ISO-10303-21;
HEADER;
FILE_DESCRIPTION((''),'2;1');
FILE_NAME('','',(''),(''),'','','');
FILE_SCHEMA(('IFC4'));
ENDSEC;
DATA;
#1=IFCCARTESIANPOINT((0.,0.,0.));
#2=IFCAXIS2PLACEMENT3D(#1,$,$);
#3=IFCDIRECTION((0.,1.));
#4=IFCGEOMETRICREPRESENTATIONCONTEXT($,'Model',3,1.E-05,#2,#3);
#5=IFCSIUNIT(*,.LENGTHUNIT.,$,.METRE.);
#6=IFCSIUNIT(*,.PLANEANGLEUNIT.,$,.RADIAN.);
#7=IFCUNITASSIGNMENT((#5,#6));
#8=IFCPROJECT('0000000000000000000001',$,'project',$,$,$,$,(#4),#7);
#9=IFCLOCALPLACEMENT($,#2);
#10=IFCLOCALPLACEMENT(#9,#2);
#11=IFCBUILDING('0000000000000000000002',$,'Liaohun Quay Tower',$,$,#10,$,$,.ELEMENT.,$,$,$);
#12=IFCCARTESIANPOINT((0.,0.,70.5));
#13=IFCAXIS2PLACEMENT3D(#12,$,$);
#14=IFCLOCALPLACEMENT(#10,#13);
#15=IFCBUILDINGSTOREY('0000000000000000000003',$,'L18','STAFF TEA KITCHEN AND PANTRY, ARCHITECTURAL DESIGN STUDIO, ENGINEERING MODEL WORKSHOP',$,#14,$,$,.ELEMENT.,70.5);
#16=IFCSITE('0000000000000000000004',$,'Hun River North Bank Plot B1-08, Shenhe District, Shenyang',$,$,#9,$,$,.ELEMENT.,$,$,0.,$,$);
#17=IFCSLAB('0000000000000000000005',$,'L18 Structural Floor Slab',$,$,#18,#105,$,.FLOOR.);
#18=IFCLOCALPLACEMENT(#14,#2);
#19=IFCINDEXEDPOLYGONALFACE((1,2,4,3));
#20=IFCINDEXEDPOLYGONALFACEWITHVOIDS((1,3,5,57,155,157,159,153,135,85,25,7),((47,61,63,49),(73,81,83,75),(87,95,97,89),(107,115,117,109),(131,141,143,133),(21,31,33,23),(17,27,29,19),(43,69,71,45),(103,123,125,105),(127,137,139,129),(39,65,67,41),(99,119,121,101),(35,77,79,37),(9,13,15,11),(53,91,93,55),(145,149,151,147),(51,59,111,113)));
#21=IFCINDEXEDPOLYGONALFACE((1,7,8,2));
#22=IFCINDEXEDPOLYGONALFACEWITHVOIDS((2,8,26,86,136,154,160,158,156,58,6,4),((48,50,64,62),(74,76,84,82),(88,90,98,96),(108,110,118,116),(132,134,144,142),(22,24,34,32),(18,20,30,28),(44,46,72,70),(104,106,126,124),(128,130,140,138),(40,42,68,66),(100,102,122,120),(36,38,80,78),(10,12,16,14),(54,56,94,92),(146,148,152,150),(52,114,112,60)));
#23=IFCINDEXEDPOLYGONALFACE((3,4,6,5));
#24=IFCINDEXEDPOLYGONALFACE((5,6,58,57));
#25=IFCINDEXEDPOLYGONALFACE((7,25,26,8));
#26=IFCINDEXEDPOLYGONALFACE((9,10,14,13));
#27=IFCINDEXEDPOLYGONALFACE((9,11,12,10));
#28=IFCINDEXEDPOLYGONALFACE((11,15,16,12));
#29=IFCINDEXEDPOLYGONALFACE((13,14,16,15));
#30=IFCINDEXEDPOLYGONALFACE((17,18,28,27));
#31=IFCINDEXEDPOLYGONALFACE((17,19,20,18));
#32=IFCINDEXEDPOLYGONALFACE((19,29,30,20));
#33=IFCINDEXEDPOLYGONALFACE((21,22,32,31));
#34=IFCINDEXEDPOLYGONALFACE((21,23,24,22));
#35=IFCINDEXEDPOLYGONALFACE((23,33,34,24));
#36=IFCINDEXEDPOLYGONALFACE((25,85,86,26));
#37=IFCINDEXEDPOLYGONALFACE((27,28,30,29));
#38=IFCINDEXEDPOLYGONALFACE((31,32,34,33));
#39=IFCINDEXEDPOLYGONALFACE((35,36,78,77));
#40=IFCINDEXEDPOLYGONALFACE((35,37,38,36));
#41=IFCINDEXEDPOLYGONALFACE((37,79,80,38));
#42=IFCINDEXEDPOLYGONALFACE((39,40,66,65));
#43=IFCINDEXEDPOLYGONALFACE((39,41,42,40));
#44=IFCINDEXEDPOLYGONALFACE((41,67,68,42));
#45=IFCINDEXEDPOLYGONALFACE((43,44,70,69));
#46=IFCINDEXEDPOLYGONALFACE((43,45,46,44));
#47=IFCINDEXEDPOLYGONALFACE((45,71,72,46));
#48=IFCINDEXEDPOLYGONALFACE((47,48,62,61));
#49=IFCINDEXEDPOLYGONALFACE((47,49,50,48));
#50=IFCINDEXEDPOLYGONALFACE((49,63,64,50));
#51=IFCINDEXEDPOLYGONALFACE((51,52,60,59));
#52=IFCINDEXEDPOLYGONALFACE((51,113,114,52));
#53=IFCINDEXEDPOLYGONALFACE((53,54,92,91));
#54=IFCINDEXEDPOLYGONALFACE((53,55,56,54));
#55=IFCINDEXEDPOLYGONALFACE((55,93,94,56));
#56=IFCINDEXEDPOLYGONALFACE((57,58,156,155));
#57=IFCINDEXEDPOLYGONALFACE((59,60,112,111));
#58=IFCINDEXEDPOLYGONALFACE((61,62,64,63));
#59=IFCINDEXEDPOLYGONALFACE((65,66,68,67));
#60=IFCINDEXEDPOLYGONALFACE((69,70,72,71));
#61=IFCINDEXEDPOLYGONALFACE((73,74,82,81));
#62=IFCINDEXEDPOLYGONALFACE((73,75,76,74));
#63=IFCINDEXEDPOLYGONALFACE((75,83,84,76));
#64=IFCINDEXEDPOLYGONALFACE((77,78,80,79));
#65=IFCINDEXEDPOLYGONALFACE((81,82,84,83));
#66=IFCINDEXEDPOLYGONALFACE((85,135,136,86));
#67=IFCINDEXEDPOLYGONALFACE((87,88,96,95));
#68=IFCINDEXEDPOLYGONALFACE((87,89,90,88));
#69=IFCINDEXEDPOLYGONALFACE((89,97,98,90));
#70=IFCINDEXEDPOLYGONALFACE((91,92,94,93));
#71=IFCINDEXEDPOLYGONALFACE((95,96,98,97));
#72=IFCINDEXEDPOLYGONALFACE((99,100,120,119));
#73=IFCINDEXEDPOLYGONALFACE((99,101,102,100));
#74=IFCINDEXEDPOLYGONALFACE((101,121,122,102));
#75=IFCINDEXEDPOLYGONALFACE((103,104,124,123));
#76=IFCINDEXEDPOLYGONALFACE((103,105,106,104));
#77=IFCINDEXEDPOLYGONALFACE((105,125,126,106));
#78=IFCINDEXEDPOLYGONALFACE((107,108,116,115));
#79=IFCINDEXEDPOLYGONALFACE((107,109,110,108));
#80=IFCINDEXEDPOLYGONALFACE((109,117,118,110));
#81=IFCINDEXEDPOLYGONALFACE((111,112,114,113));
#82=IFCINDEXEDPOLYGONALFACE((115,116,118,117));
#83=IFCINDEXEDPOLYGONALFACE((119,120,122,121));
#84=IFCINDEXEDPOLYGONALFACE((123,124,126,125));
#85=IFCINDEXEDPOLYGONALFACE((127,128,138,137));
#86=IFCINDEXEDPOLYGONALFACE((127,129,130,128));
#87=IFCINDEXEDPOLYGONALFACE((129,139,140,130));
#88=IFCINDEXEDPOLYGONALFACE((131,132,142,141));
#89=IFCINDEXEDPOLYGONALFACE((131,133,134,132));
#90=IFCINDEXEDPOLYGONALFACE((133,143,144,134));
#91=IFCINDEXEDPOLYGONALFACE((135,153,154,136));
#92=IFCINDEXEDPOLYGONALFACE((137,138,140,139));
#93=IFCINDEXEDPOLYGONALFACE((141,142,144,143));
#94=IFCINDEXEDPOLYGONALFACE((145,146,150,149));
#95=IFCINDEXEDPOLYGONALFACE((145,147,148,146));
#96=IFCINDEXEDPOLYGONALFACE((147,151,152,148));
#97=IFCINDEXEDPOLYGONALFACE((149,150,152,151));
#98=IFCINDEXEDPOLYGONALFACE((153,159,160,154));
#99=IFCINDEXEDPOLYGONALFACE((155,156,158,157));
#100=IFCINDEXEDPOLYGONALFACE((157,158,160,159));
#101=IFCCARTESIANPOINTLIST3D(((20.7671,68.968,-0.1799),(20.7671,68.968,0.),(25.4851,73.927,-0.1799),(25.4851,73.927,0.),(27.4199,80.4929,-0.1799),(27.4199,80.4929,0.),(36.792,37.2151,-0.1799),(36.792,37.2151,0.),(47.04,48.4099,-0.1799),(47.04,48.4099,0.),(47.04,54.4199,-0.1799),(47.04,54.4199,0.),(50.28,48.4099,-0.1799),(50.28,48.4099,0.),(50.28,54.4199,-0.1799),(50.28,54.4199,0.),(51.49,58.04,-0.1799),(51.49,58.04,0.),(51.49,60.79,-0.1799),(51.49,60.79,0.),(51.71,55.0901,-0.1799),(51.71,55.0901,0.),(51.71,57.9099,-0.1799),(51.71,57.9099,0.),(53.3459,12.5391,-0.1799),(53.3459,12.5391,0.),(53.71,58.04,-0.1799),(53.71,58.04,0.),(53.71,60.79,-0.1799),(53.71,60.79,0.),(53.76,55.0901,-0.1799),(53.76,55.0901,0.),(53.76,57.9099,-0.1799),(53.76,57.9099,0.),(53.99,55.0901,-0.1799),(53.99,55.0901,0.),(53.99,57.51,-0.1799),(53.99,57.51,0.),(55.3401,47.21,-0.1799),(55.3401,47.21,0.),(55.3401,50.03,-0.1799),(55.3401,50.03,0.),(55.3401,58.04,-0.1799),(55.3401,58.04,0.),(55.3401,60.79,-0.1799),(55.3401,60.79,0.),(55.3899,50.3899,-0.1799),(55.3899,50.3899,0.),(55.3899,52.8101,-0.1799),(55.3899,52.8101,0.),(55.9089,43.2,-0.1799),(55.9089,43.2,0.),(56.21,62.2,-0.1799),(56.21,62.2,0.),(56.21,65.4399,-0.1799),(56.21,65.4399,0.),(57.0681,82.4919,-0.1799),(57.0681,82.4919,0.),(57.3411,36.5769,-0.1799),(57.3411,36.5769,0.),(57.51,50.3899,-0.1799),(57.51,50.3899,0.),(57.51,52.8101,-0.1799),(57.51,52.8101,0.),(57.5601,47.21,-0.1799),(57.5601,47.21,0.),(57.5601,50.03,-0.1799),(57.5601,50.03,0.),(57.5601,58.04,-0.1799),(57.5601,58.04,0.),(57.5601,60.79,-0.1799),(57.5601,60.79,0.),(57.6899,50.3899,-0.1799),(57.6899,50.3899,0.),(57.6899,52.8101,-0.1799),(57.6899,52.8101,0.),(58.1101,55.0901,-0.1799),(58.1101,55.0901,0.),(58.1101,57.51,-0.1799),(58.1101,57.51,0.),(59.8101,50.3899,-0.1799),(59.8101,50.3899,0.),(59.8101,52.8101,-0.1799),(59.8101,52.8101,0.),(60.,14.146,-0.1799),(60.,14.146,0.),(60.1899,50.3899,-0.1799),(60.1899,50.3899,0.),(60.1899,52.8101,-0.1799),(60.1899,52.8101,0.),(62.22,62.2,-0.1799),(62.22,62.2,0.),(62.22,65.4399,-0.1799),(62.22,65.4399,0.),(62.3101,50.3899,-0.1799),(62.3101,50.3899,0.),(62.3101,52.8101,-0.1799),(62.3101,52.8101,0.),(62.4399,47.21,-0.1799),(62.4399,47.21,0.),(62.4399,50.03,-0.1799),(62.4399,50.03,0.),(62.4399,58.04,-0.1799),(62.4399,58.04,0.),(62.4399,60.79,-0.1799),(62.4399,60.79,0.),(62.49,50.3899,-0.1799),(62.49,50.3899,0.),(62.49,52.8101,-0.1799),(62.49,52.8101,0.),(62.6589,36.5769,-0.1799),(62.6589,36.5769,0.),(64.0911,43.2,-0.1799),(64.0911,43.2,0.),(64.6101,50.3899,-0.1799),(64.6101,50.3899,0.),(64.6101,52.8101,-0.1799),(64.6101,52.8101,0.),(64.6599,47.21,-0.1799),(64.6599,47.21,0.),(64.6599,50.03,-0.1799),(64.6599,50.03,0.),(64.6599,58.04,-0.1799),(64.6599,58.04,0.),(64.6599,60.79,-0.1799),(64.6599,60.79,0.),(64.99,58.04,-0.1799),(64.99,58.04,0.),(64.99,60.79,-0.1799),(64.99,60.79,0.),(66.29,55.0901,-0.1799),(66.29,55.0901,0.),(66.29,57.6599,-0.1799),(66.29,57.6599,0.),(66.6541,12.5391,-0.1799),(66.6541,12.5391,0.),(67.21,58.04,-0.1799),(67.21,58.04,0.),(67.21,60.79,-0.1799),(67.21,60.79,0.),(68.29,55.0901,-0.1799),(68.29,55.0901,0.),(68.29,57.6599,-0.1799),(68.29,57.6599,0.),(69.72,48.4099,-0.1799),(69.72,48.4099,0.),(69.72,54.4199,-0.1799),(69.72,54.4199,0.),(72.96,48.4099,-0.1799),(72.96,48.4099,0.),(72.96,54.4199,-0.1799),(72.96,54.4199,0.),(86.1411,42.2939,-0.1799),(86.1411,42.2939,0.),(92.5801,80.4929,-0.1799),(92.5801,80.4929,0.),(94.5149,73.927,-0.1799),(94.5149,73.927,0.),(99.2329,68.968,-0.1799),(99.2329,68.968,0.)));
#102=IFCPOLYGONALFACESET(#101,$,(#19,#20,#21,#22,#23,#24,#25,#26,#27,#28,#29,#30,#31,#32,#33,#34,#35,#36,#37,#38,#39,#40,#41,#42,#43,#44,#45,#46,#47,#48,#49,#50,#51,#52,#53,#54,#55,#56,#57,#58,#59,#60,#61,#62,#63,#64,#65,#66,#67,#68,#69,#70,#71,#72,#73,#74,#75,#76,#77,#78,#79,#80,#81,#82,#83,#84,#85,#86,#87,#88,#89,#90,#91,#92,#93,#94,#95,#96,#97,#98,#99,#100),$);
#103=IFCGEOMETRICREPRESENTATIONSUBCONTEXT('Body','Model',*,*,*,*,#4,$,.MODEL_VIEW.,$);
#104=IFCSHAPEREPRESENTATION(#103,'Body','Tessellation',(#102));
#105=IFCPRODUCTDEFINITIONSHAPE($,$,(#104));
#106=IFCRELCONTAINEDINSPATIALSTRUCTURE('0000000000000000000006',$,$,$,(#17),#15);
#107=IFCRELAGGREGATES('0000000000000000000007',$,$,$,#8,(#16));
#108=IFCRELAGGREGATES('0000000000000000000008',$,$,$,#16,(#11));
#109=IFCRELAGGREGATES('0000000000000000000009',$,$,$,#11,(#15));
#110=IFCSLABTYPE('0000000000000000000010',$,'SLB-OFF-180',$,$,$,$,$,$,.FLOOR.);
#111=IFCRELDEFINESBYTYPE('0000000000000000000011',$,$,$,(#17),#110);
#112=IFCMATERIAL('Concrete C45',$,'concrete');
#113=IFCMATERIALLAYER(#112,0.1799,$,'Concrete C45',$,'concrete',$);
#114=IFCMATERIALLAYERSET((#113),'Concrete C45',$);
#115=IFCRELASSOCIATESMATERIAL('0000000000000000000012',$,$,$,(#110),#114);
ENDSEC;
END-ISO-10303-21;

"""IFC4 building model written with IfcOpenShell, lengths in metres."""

from ifc_helpers import new_model, si_unit, direction, frame, origin, place, context, subcontext, project, spatial, polyline, outline, extrude, material, layer, layer_set, type_object, element, save


model = new_model("IFC4")

# Units and contexts
model_context = context("Model", 3, precision=1e-05, world=origin(), true_north=direction((0.0, 1.0)))
body_context = subcontext(model_context, "Body", "Model", "MODEL_VIEW")
ifc_project = project(units=[si_unit("LENGTHUNIT", "METRE"), si_unit("PLANEANGLEUNIT", "RADIAN")], contexts=[model_context])

# Site, building, storey
site_placement = place(None, origin())
site = spatial("IfcSite", under=ifc_project, at=site_placement, Name="Hun River North Bank Plot B1-08, Shenhe District, Shenyang", CompositionType="ELEMENT", RefElevation=0.0)
building_placement = place(site_placement, origin())
building = spatial("IfcBuilding", under=site, at=building_placement, Name="Liaohun Quay Tower", CompositionType="ELEMENT")
storey_placement = place(building_placement, frame((0.0, 0.0, 70.5)))
storey = spatial("IfcBuildingStorey", under=building, at=storey_placement, Name="L18", Description="STAFF TEA KITCHEN AND PANTRY, ARCHITECTURAL DESIGN STUDIO, ENGINEERING MODEL WORKSHOP", CompositionType="ELEMENT", Elevation=70.5)

# Shared definitions
ifc_material_1 = material(Name="Concrete C45", Category="concrete")

# Slab
ifc_layer_1 = layer(ifc_material_1, 0.1799, Name="Concrete C45", Category="concrete")
ifc_layer_set_1 = layer_set([ifc_layer_1], Name="Concrete C45")
slab_type_1 = type_object("IfcSlabType", Name="SLB-OFF-180", PredefinedType="FLOOR", material=ifc_layer_set_1)
slab_1_placement = place(storey_placement, frame((0.0, 0.0, -0.1799)))
element("IfcSlab", 1, at=slab_1_placement, inside=storey, type_object=slab_type_1, Name="L18 Structural Floor Slab", PredefinedType="FLOOR", context=body_context, shape_type="SweptSolid", body=[
    extrude(outline(polyline([(53.3459, 12.5391), (60.0, 14.146), (66.6541, 12.5391), (86.1411, 42.2939), (99.2329, 68.968), (94.5149, 73.927), (92.5801, 80.4929), (57.0681, 82.4919), (27.4199, 80.4929), (25.4851, 73.927), (20.7671, 68.968), (36.792, 37.2151), (53.3459, 12.5391)]), holes=[polyline([(57.5601, 47.21), (57.5601, 50.03), (55.3401, 50.03), (55.3401, 47.21), (57.5601, 47.21)]), polyline([(50.28, 54.4199), (47.04, 54.4199), (47.04, 48.4099), (50.28, 48.4099), (50.28, 54.4199)]), polyline([(57.51, 50.3899), (57.51, 52.8101), (55.3899, 52.8101), (55.3899, 50.3899), (57.51, 50.3899)]), polyline([(59.8101, 50.3899), (59.8101, 52.8101), (57.6899, 52.8101), (57.6899, 50.3899), (59.8101, 50.3899)]), polyline([(58.1101, 57.51), (53.99, 57.51), (53.99, 55.0901), (58.1101, 55.0901), (58.1101, 57.51)]), polyline([(53.76, 55.0901), (53.76, 57.9099), (51.71, 57.9099), (51.71, 55.0901), (53.76, 55.0901)]), polyline([(51.49, 58.04), (53.71, 58.04), (53.71, 60.79), (51.49, 60.79), (51.49, 58.04)]), polyline([(55.3401, 58.04), (57.5601, 58.04), (57.5601, 60.79), (55.3401, 60.79), (55.3401, 58.04)]), polyline([(62.6589, 36.5769), (64.0911, 43.2), (55.9089, 43.2), (57.3411, 36.5769), (62.6589, 36.5769)]), polyline([(64.6599, 47.21), (64.6599, 50.03), (62.4399, 50.03), (62.4399, 47.21), (64.6599, 47.21)]), polyline([(72.96, 54.4199), (69.72, 54.4199), (69.72, 48.4099), (72.96, 48.4099), (72.96, 54.4199)]), polyline([(62.3101, 50.3899), (62.3101, 52.8101), (60.1899, 52.8101), (60.1899, 50.3899), (62.3101, 50.3899)]), polyline([(64.6101, 50.3899), (64.6101, 52.8101), (62.49, 52.8101), (62.49, 50.3899), (64.6101, 50.3899)]), polyline([(68.29, 55.0901), (68.29, 57.6599), (66.29, 57.6599), (66.29, 55.0901), (68.29, 55.0901)]), polyline([(64.6599, 58.04), (64.6599, 60.79), (62.4399, 60.79), (62.4399, 58.04), (64.6599, 58.04)]), polyline([(64.99, 58.04), (67.21, 58.04), (67.21, 60.79), (64.99, 60.79), (64.99, 58.04)]), polyline([(56.21, 62.2), (62.22, 62.2), (62.22, 65.4399), (56.21, 65.4399), (56.21, 62.2)])]), origin(), (0.0, 0.0, 1.0), 0.1799),
])

save(model, "model.ifc")
